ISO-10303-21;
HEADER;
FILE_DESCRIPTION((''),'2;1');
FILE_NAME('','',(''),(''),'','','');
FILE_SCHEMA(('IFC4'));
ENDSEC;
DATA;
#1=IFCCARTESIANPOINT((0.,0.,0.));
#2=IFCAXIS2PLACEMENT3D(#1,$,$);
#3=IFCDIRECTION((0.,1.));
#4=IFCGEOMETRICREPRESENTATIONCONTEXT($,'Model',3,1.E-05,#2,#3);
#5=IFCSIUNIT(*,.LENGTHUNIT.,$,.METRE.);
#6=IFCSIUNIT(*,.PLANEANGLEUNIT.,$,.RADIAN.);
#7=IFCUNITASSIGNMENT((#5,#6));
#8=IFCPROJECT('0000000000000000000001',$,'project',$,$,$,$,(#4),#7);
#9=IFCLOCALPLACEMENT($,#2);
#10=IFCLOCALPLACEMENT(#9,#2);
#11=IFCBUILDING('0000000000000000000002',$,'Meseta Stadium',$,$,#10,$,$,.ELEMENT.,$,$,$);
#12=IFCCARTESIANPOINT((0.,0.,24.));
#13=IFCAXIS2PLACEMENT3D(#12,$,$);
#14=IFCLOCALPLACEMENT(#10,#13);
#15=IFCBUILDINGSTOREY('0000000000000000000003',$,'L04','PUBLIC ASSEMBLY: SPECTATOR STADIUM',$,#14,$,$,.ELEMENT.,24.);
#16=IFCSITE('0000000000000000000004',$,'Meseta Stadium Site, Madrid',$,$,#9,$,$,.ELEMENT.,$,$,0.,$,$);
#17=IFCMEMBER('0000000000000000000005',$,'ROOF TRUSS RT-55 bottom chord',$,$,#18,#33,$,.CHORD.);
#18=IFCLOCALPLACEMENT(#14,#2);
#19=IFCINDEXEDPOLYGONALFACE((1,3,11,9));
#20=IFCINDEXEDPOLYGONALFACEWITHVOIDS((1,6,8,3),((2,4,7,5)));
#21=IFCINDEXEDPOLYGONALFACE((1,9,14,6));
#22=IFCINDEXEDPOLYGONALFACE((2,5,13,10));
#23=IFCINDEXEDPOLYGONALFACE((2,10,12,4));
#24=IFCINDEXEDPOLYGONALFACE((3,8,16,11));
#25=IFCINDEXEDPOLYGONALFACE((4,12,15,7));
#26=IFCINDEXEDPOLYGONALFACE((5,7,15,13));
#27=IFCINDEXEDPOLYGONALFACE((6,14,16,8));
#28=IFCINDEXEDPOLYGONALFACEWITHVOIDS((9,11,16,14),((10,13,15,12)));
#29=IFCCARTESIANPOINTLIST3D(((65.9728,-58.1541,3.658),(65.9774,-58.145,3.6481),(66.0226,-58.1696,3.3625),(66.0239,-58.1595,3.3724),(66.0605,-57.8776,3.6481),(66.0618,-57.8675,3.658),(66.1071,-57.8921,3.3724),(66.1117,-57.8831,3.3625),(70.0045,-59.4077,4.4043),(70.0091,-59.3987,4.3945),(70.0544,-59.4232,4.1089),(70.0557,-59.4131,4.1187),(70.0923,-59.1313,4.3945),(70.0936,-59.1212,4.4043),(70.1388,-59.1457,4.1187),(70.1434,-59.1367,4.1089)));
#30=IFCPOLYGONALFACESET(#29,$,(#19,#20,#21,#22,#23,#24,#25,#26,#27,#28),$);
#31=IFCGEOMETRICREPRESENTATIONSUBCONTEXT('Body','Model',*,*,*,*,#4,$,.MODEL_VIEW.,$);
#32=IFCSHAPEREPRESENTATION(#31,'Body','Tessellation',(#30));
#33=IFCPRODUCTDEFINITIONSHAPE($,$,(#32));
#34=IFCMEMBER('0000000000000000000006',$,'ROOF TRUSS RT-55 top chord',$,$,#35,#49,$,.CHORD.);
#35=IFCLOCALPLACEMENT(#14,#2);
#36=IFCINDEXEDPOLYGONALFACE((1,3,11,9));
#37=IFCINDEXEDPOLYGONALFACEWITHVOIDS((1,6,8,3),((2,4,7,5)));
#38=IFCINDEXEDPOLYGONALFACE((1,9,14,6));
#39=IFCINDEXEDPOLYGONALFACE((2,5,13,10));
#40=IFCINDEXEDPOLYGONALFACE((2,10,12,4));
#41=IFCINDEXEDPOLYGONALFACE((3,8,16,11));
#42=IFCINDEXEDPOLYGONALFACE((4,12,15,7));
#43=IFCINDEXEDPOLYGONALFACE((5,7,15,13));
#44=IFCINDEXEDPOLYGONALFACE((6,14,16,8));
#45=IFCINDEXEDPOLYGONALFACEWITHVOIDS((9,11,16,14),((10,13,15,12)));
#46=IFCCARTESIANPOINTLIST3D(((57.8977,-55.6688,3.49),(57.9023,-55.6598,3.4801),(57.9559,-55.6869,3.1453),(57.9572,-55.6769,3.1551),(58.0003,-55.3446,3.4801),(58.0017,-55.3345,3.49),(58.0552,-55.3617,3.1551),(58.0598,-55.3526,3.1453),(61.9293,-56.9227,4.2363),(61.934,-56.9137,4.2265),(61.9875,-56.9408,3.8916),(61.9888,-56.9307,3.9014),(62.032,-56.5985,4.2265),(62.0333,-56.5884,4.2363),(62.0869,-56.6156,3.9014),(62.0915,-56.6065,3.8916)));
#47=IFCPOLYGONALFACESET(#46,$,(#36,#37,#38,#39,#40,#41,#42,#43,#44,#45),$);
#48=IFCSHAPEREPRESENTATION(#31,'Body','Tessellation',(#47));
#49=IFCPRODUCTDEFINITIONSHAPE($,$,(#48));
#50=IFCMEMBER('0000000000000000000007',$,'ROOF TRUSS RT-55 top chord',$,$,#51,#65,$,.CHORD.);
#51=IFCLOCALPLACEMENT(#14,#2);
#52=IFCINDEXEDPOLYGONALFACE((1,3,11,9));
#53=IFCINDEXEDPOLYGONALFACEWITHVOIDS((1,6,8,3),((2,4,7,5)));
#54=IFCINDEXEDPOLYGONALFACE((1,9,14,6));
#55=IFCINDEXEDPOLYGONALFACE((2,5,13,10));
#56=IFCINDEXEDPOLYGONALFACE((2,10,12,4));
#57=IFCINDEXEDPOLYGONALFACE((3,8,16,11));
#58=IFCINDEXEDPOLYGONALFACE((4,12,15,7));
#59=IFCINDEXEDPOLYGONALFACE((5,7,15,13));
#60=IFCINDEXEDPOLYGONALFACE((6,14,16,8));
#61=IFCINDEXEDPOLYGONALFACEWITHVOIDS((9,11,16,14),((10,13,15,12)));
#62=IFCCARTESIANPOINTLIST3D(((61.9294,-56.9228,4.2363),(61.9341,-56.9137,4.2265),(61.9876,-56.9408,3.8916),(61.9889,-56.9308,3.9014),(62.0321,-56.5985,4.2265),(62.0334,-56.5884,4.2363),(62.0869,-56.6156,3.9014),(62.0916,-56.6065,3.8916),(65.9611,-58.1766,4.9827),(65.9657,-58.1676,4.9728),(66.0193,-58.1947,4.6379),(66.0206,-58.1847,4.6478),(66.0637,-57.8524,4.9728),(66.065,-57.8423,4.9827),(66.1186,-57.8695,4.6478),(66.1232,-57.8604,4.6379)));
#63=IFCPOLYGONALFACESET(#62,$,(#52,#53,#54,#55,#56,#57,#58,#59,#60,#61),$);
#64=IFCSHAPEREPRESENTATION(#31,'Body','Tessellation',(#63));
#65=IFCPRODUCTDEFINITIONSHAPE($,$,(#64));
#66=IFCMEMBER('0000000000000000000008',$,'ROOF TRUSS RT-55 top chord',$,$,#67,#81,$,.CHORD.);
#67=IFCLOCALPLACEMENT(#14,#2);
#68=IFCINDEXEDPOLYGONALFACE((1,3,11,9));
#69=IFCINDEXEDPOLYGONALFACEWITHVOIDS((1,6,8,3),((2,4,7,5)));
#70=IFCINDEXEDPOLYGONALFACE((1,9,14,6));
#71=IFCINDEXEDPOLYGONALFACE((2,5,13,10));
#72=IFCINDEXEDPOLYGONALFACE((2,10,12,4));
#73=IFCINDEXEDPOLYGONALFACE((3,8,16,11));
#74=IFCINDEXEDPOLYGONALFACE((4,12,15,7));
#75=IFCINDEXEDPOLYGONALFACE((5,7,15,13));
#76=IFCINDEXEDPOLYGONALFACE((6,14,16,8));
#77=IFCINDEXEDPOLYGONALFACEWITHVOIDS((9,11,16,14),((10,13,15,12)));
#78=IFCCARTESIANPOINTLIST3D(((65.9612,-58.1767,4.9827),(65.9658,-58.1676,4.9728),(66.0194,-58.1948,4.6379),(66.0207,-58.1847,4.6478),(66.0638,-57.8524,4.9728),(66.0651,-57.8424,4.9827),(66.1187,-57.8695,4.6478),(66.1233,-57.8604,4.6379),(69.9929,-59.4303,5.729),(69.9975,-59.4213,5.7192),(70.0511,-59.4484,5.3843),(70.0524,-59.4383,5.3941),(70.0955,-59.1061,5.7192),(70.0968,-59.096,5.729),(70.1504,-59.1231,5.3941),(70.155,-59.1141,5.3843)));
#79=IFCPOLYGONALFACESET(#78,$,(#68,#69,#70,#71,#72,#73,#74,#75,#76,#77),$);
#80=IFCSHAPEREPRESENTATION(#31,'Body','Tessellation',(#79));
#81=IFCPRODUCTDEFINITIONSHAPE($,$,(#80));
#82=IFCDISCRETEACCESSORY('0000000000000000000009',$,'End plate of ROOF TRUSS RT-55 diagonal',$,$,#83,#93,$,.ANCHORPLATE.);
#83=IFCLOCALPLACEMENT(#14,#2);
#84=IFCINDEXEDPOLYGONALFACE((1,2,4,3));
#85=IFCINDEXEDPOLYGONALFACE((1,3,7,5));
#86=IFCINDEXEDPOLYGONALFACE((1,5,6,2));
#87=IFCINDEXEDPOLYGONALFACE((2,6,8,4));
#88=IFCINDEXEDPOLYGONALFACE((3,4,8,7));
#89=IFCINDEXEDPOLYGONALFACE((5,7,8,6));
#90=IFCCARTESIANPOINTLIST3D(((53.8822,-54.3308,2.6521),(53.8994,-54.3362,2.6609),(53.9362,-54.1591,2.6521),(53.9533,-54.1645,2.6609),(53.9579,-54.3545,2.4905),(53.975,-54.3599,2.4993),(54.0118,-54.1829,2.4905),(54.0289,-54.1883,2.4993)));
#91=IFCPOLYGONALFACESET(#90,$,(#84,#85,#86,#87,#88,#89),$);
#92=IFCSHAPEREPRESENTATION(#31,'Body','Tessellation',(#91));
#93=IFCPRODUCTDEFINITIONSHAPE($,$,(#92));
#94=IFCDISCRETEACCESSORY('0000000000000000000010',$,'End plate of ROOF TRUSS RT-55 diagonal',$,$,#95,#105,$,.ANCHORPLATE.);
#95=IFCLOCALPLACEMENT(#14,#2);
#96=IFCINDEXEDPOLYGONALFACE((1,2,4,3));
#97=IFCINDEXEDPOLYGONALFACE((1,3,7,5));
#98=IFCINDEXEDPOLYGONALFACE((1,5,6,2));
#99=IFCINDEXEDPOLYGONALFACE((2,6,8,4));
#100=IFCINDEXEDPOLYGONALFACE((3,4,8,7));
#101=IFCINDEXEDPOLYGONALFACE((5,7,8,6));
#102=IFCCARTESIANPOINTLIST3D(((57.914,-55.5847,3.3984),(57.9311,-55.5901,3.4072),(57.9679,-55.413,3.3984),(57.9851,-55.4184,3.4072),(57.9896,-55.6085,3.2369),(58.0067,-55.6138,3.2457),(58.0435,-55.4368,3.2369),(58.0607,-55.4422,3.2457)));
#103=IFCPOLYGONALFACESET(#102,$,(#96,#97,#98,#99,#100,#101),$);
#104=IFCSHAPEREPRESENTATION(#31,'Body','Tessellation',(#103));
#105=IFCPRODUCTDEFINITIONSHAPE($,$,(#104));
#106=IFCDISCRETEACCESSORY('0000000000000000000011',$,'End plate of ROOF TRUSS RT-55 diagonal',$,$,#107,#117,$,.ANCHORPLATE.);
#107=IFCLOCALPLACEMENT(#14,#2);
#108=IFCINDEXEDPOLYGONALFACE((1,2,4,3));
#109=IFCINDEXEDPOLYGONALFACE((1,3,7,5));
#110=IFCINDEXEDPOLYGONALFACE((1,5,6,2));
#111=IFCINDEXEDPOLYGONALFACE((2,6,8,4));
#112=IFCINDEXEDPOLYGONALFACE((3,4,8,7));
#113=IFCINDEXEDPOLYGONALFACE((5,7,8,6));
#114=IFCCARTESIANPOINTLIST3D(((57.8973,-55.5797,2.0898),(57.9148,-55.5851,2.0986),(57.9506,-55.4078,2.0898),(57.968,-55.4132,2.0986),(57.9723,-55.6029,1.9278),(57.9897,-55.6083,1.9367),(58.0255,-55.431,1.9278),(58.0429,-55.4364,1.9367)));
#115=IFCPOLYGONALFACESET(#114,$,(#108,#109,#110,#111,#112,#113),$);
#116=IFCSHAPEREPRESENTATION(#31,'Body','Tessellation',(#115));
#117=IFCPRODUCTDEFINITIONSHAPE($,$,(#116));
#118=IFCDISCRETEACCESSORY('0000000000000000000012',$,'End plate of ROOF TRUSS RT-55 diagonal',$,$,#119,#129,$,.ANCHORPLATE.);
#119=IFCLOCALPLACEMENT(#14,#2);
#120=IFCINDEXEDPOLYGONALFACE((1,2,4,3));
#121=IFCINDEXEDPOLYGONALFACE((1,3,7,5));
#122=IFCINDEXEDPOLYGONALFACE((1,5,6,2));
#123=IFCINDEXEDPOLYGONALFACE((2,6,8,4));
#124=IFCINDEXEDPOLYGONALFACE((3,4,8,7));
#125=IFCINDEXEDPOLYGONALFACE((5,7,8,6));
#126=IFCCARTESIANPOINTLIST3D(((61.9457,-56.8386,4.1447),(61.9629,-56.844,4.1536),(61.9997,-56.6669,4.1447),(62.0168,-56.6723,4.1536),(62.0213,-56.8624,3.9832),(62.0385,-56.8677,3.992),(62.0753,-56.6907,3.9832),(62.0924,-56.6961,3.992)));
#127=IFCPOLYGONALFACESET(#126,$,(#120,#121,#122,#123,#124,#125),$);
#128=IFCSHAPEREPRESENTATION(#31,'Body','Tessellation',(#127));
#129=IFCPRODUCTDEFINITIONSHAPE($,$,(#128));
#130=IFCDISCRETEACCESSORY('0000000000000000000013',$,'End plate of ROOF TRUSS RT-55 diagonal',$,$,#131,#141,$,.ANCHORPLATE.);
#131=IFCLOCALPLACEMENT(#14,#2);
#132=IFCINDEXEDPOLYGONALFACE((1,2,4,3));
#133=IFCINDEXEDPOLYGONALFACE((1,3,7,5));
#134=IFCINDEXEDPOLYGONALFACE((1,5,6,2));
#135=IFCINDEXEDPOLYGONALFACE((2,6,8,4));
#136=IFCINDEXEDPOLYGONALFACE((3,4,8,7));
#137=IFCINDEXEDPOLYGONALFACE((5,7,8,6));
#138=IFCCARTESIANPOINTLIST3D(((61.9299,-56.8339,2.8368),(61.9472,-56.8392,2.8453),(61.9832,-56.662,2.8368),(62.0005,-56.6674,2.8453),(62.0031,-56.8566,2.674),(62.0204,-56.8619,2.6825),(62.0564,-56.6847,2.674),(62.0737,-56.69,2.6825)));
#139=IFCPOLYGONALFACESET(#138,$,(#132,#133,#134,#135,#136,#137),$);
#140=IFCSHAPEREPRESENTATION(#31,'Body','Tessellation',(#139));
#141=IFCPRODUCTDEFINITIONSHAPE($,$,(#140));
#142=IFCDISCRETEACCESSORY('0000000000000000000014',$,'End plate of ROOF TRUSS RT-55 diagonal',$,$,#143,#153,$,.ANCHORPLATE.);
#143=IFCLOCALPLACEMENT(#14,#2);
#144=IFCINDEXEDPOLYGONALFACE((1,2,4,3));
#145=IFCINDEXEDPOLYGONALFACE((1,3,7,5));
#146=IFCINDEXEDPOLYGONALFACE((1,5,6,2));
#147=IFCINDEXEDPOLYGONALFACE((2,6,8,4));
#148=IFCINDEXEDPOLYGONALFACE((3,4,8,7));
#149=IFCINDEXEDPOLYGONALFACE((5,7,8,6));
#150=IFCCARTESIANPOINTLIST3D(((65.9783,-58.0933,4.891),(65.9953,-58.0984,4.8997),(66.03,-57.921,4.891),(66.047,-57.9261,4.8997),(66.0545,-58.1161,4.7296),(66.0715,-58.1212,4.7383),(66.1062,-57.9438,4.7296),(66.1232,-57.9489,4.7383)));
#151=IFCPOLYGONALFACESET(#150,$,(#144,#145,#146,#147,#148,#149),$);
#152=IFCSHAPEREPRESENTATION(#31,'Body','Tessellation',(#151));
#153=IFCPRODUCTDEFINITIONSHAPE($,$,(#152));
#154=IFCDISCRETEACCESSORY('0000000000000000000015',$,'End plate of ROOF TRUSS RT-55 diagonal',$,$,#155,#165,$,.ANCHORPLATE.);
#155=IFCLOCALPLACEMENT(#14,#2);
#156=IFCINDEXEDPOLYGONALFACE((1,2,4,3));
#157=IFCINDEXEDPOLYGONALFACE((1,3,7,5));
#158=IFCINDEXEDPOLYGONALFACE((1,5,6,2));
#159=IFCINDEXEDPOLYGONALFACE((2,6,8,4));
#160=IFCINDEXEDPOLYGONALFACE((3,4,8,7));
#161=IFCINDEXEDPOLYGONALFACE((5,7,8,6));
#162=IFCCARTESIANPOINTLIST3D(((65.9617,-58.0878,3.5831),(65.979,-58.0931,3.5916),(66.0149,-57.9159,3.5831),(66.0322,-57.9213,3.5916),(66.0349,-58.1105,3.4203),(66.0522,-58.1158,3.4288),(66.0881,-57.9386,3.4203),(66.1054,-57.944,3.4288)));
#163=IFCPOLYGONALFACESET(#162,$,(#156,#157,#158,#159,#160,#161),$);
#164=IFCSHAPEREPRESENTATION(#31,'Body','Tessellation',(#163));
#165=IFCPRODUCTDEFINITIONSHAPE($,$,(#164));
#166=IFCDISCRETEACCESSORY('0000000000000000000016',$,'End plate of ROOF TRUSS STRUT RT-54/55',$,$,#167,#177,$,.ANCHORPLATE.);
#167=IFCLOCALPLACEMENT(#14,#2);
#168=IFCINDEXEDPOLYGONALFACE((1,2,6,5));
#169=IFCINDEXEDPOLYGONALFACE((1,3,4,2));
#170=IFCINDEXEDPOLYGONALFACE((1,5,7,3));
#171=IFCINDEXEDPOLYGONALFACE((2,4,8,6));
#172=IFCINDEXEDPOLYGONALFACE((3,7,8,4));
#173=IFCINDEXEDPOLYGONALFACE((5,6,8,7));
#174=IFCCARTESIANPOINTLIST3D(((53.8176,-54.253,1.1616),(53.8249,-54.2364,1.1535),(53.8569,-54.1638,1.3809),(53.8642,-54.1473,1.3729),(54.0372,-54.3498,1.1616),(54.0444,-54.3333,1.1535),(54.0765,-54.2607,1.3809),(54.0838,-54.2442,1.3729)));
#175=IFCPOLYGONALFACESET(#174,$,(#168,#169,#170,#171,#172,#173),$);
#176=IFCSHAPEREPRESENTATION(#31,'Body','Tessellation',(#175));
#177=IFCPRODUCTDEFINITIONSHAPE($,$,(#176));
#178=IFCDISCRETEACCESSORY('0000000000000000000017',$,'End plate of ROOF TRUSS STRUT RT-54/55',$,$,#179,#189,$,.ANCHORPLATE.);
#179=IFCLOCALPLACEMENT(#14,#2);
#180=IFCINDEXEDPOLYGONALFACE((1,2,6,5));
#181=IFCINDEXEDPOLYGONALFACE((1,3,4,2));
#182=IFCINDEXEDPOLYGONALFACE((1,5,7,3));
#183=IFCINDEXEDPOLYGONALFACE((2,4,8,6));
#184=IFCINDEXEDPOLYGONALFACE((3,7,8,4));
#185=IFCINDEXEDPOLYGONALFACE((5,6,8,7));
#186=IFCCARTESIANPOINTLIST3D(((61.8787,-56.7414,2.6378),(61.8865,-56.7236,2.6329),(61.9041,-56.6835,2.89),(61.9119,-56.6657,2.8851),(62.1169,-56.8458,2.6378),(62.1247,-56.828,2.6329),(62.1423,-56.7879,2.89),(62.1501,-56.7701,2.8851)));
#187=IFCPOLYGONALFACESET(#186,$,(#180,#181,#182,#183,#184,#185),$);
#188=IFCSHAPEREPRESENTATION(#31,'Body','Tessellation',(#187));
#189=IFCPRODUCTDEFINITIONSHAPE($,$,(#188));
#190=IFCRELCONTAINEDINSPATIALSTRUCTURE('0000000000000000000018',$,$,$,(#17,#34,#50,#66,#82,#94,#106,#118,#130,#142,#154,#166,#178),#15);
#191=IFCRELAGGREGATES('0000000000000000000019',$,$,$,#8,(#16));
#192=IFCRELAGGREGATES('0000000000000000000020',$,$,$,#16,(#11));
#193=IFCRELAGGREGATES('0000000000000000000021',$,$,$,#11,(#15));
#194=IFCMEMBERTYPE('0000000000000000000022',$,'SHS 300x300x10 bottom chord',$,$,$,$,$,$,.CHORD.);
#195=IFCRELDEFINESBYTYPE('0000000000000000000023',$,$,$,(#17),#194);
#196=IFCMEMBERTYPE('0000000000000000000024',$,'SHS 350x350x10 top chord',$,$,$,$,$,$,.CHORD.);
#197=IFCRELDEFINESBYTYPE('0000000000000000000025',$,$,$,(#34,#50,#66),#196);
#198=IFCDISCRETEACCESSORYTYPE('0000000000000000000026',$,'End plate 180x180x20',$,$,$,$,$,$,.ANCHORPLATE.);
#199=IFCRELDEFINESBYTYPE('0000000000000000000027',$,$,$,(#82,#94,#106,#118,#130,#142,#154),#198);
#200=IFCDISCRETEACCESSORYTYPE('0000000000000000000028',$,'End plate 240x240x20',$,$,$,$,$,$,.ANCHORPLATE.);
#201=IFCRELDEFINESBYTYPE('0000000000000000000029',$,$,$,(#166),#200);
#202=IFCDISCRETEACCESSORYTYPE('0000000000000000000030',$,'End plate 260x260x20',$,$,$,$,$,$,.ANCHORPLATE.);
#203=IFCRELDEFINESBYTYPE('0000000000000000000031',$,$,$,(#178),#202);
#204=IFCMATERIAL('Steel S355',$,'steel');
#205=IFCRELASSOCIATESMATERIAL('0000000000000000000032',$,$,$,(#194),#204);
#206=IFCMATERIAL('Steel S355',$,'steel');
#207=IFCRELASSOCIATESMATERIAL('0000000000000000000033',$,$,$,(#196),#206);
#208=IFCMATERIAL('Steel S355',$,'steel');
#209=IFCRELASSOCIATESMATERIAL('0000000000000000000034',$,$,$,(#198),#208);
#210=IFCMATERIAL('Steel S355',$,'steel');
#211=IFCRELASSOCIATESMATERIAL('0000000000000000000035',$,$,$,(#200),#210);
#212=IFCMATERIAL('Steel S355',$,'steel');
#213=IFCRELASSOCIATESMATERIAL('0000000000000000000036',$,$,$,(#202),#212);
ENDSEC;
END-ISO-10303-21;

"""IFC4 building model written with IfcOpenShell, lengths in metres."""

from ifc_helpers import new_model, si_unit, direction, frame, origin, origin_2d, place, context, subcontext, project, spatial, rectangle, hollow_rectangle, extrude, material, material_profile, profile_set, type_object, element, save


model = new_model("IFC4")

# Units and contexts
model_context = context("Model", 3, precision=1e-05, world=origin(), true_north=direction((0.0, 1.0)))
body_context = subcontext(model_context, "Body", "Model", "MODEL_VIEW")
ifc_project = project(units=[si_unit("LENGTHUNIT", "METRE"), si_unit("PLANEANGLEUNIT", "RADIAN")], contexts=[model_context])

# Site, building, storey
site_placement = place(None, origin())
site = spatial("IfcSite", under=ifc_project, at=site_placement, Name="Meseta Stadium Site, Madrid", CompositionType="ELEMENT", RefElevation=0.0)
building_placement = place(site_placement, origin())
building = spatial("IfcBuilding", under=site, at=building_placement, Name="Meseta Stadium", CompositionType="ELEMENT")
storey_placement = place(building_placement, frame((0.0, 0.0, 24.0)))
storey = spatial("IfcBuildingStorey", under=building, at=storey_placement, Name="L04", Description="PUBLIC ASSEMBLY: SPECTATOR STADIUM", CompositionType="ELEMENT", Elevation=24.0)

# Members
ifc_material_1 = material(Name="Steel S355", Category="steel")
ifc_material_profile_1 = material_profile(ifc_material_1, hollow_rectangle(XDim=0.3, YDim=0.3, WallThickness=0.01, at=origin_2d()), Name="SHS 300x300x10")
ifc_profile_set_1 = profile_set([ifc_material_profile_1], Name="Steel S355")
member_type_1 = type_object("IfcMemberType", Name="SHS 300x300x10 bottom chord", PredefinedType="CHORD", material=ifc_profile_set_1)
for number, where, z_axis, x_axis, name in (
    (1, (66.0422, -58.0186, 3.5103), (0.940323, -0.292392, 0.174068), (0.296925, 0.954901, 0.0), "ROOF TRUSS RT-55 bottom chord"),
):
    element("IfcMember", number, at=place(storey_placement, frame(where, z_axis=z_axis, x_axis=x_axis)), inside=storey, type_object=member_type_1, Name=name, PredefinedType="CHORD", context=body_context, shape_type="SweptSolid", body=[
        extrude(hollow_rectangle(XDim=0.3, YDim=0.3, WallThickness=0.01, at=origin_2d()), origin(), (0.0, 0.0, 1.0), 4.2876),
    ])
ifc_material_2 = material(Name="Steel S355", Category="steel")
ifc_material_profile_2 = material_profile(ifc_material_2, hollow_rectangle(XDim=0.3501, YDim=0.3501, WallThickness=0.01, at=origin_2d()), Name="SHS 350x350x10")
ifc_profile_set_2 = profile_set([ifc_material_profile_2], Name="Steel S355")
member_type_2 = type_object("IfcMemberType", Name="SHS 350x350x10 top chord", PredefinedType="CHORD", material=ifc_profile_set_2)
for number, where, z_axis, x_axis, name in (
    (2, (57.9788, -55.5107, 3.3176), (0.940307, -0.292444, 0.174066), (0.296978, 0.954884, 0.0), "ROOF TRUSS RT-55 top chord"),
    (3, (62.0105, -56.7646, 4.064), (0.940307, -0.292444, 0.174066), (0.296978, 0.954884, 0.0), "ROOF TRUSS RT-55 top chord"),
    (4, (66.0422, -58.0186, 4.8103), (0.940323, -0.292392, 0.174068), (0.296925, 0.954901, 0.0), "ROOF TRUSS RT-55 top chord"),
):
    element("IfcMember", number, at=place(storey_placement, frame(where, z_axis=z_axis, x_axis=x_axis)), inside=storey, type_object=member_type_2, Name=name, PredefinedType="CHORD", context=body_context, shape_type="SweptSolid", body=[
        extrude(hollow_rectangle(XDim=0.3501, YDim=0.3501, WallThickness=0.01, at=origin_2d()), origin(), (0.0, 0.0, 1.0), 4.2876),
    ])

# Discrete accessories
ifc_material_3 = material(Name="Steel S355", Category="steel")
ifc_material_profile_3 = material_profile(ifc_material_3, rectangle(XDim=0.1799, YDim=0.1799, at=origin_2d()), Name="PL 180x180")
ifc_profile_set_3 = profile_set([ifc_material_profile_3], Name="Steel S355")
discrete_accessory_type_1 = type_object("IfcDiscreteAccessoryType", Name="End plate 180x180x20", PredefinedType="ANCHORPLATE", material=ifc_profile_set_3)
for number, where, z_axis, x_axis, name in (
    (5, (53.947, -54.2568, 2.5713), (0.856465, -0.269175, 0.440468), (0.299827, 0.953994, 0.0), "End plate of ROOF TRUSS RT-55 diagonal"),
    (6, (57.9788, -55.5107, 3.3176), (0.856465, -0.269175, 0.440468), (0.299827, 0.953994, 0.0), "End plate of ROOF TRUSS RT-55 diagonal"),
):
    element("IfcDiscreteAccessory", number, at=place(storey_placement, frame(where, z_axis=z_axis, x_axis=x_axis)), inside=storey, type_object=discrete_accessory_type_1, Name=name, PredefinedType="ANCHORPLATE", context=body_context, shape_type="SweptSolid", body=[
        extrude(rectangle(XDim=0.1799, YDim=0.1799, at=origin_2d()), origin(), (0.0, 0.0, 1.0), 0.02),
    ])
discrete_accessory_1_placement = place(storey_placement, frame((57.9614, -55.5054, 2.0088), z_axis=(0.859675, -0.266378, 0.435892), x_axis=(0.295976, 0.955195, 0.0)))
element("IfcDiscreteAccessory", 7, at=discrete_accessory_1_placement, inside=storey, type_object=discrete_accessory_type_1, Name="End plate of ROOF TRUSS RT-55 diagonal", PredefinedType="ANCHORPLATE", context=body_context, shape_type="SweptSolid", body=[
    extrude(rectangle(XDim=0.1799, YDim=0.1799, at=origin_2d()), origin(), (0.0, 0.0, 1.0), 0.0203),
])
for number, where, z_axis, x_axis, name in (
    (8, (62.0105, -56.7646, 4.064), (0.856465, -0.269175, 0.440468), (0.299827, 0.953994, 0.0), "End plate of ROOF TRUSS RT-55 diagonal"),
    (9, (61.9932, -56.7593, 2.7554), (0.864184, -0.267775, 0.426006), (0.295976, 0.955195, 0.0), "End plate of ROOF TRUSS RT-55 diagonal"),
):
    element("IfcDiscreteAccessory", number, at=place(storey_placement, frame(where, z_axis=z_axis, x_axis=x_axis)), inside=storey, type_object=discrete_accessory_type_1, Name=name, PredefinedType="ANCHORPLATE", context=body_context, shape_type="SweptSolid", body=[
        extrude(rectangle(XDim=0.1799, YDim=0.1799, at=origin_2d()), origin(), (0.0, 0.0, 1.0), 0.02),
    ])
discrete_accessory_2_placement = place(storey_placement, frame((66.0422, -58.0186, 4.8103), z_axis=(0.859235, -0.257771, 0.441892), x_axis=(0.287348, 0.957826, 0.0)))
element("IfcDiscreteAccessory", 10, at=discrete_accessory_2_placement, inside=storey, type_object=discrete_accessory_type_1, Name="End plate of ROOF TRUSS RT-55 diagonal", PredefinedType="ANCHORPLATE", context=body_context, shape_type="SweptSolid", body=[
    extrude(rectangle(XDim=0.1799, YDim=0.1799, at=origin_2d()), origin(), (0.0, 0.0, 1.0), 0.0198),
])
discrete_accessory_3_placement = place(storey_placement, frame((66.0249, -58.0132, 3.5017), z_axis=(0.864184, -0.267775, 0.426006), x_axis=(0.295976, 0.955195, 0.0)))
element("IfcDiscreteAccessory", 11, at=discrete_accessory_3_placement, inside=storey, type_object=discrete_accessory_type_1, Name="End plate of ROOF TRUSS RT-55 diagonal", PredefinedType="ANCHORPLATE", context=body_context, shape_type="SweptSolid", body=[
    extrude(rectangle(XDim=0.1799, YDim=0.1799, at=origin_2d()), origin(), (0.0, 0.0, 1.0), 0.02),
])
ifc_material_4 = material(Name="Steel S355", Category="steel")
ifc_material_profile_4 = material_profile(ifc_material_4, rectangle(XDim=0.24, YDim=0.24, at=origin_2d()), Name="PL 240x240")
ifc_profile_set_4 = profile_set([ifc_material_profile_4], Name="Steel S355")
discrete_accessory_type_2 = type_object("IfcDiscreteAccessoryType", Name="End plate 240x240x20", PredefinedType="ANCHORPLATE", material=ifc_profile_set_4)
discrete_accessory_4_placement = place(storey_placement, frame((53.947, -54.2568, 1.2712), z_axis=(0.368911, 0.836199, -0.405802), x_axis=(-0.914918, 0.40364, 0.0)))
element("IfcDiscreteAccessory", 12, at=discrete_accessory_4_placement, inside=storey, type_object=discrete_accessory_type_2, Name="End plate of ROOF TRUSS STRUT RT-54/55", PredefinedType="ANCHORPLATE", context=body_context, shape_type="SweptSolid", body=[
    extrude(rectangle(XDim=0.24, YDim=0.24, at=origin_2d()), origin(), (0.0, 0.0, 1.0), 0.0198),
])
ifc_material_5 = material(Name="Steel S355", Category="steel")
ifc_material_profile_5 = material_profile(ifc_material_5, rectangle(XDim=0.26, YDim=0.26, at=origin_2d()), Name="PL 260x260")
ifc_profile_set_5 = profile_set([ifc_material_profile_5], Name="Steel S355")
discrete_accessory_type_3 = type_object("IfcDiscreteAccessoryType", Name="End plate 260x260x20", PredefinedType="ANCHORPLATE", material=ifc_profile_set_5)
discrete_accessory_5_placement = place(storey_placement, frame((62.0105, -56.7646, 2.7639), z_axis=(0.389405, 0.88833, -0.243378), x_axis=(-0.915869, 0.401477, 0.0)))
element("IfcDiscreteAccessory", 13, at=discrete_accessory_5_placement, inside=storey, type_object=discrete_accessory_type_3, Name="End plate of ROOF TRUSS STRUT RT-54/55", PredefinedType="ANCHORPLATE", context=body_context, shape_type="SweptSolid", body=[
    extrude(rectangle(XDim=0.26, YDim=0.26, at=origin_2d()), origin(), (0.0, 0.0, 1.0), 0.02),
])

save(model, "model.ifc")
